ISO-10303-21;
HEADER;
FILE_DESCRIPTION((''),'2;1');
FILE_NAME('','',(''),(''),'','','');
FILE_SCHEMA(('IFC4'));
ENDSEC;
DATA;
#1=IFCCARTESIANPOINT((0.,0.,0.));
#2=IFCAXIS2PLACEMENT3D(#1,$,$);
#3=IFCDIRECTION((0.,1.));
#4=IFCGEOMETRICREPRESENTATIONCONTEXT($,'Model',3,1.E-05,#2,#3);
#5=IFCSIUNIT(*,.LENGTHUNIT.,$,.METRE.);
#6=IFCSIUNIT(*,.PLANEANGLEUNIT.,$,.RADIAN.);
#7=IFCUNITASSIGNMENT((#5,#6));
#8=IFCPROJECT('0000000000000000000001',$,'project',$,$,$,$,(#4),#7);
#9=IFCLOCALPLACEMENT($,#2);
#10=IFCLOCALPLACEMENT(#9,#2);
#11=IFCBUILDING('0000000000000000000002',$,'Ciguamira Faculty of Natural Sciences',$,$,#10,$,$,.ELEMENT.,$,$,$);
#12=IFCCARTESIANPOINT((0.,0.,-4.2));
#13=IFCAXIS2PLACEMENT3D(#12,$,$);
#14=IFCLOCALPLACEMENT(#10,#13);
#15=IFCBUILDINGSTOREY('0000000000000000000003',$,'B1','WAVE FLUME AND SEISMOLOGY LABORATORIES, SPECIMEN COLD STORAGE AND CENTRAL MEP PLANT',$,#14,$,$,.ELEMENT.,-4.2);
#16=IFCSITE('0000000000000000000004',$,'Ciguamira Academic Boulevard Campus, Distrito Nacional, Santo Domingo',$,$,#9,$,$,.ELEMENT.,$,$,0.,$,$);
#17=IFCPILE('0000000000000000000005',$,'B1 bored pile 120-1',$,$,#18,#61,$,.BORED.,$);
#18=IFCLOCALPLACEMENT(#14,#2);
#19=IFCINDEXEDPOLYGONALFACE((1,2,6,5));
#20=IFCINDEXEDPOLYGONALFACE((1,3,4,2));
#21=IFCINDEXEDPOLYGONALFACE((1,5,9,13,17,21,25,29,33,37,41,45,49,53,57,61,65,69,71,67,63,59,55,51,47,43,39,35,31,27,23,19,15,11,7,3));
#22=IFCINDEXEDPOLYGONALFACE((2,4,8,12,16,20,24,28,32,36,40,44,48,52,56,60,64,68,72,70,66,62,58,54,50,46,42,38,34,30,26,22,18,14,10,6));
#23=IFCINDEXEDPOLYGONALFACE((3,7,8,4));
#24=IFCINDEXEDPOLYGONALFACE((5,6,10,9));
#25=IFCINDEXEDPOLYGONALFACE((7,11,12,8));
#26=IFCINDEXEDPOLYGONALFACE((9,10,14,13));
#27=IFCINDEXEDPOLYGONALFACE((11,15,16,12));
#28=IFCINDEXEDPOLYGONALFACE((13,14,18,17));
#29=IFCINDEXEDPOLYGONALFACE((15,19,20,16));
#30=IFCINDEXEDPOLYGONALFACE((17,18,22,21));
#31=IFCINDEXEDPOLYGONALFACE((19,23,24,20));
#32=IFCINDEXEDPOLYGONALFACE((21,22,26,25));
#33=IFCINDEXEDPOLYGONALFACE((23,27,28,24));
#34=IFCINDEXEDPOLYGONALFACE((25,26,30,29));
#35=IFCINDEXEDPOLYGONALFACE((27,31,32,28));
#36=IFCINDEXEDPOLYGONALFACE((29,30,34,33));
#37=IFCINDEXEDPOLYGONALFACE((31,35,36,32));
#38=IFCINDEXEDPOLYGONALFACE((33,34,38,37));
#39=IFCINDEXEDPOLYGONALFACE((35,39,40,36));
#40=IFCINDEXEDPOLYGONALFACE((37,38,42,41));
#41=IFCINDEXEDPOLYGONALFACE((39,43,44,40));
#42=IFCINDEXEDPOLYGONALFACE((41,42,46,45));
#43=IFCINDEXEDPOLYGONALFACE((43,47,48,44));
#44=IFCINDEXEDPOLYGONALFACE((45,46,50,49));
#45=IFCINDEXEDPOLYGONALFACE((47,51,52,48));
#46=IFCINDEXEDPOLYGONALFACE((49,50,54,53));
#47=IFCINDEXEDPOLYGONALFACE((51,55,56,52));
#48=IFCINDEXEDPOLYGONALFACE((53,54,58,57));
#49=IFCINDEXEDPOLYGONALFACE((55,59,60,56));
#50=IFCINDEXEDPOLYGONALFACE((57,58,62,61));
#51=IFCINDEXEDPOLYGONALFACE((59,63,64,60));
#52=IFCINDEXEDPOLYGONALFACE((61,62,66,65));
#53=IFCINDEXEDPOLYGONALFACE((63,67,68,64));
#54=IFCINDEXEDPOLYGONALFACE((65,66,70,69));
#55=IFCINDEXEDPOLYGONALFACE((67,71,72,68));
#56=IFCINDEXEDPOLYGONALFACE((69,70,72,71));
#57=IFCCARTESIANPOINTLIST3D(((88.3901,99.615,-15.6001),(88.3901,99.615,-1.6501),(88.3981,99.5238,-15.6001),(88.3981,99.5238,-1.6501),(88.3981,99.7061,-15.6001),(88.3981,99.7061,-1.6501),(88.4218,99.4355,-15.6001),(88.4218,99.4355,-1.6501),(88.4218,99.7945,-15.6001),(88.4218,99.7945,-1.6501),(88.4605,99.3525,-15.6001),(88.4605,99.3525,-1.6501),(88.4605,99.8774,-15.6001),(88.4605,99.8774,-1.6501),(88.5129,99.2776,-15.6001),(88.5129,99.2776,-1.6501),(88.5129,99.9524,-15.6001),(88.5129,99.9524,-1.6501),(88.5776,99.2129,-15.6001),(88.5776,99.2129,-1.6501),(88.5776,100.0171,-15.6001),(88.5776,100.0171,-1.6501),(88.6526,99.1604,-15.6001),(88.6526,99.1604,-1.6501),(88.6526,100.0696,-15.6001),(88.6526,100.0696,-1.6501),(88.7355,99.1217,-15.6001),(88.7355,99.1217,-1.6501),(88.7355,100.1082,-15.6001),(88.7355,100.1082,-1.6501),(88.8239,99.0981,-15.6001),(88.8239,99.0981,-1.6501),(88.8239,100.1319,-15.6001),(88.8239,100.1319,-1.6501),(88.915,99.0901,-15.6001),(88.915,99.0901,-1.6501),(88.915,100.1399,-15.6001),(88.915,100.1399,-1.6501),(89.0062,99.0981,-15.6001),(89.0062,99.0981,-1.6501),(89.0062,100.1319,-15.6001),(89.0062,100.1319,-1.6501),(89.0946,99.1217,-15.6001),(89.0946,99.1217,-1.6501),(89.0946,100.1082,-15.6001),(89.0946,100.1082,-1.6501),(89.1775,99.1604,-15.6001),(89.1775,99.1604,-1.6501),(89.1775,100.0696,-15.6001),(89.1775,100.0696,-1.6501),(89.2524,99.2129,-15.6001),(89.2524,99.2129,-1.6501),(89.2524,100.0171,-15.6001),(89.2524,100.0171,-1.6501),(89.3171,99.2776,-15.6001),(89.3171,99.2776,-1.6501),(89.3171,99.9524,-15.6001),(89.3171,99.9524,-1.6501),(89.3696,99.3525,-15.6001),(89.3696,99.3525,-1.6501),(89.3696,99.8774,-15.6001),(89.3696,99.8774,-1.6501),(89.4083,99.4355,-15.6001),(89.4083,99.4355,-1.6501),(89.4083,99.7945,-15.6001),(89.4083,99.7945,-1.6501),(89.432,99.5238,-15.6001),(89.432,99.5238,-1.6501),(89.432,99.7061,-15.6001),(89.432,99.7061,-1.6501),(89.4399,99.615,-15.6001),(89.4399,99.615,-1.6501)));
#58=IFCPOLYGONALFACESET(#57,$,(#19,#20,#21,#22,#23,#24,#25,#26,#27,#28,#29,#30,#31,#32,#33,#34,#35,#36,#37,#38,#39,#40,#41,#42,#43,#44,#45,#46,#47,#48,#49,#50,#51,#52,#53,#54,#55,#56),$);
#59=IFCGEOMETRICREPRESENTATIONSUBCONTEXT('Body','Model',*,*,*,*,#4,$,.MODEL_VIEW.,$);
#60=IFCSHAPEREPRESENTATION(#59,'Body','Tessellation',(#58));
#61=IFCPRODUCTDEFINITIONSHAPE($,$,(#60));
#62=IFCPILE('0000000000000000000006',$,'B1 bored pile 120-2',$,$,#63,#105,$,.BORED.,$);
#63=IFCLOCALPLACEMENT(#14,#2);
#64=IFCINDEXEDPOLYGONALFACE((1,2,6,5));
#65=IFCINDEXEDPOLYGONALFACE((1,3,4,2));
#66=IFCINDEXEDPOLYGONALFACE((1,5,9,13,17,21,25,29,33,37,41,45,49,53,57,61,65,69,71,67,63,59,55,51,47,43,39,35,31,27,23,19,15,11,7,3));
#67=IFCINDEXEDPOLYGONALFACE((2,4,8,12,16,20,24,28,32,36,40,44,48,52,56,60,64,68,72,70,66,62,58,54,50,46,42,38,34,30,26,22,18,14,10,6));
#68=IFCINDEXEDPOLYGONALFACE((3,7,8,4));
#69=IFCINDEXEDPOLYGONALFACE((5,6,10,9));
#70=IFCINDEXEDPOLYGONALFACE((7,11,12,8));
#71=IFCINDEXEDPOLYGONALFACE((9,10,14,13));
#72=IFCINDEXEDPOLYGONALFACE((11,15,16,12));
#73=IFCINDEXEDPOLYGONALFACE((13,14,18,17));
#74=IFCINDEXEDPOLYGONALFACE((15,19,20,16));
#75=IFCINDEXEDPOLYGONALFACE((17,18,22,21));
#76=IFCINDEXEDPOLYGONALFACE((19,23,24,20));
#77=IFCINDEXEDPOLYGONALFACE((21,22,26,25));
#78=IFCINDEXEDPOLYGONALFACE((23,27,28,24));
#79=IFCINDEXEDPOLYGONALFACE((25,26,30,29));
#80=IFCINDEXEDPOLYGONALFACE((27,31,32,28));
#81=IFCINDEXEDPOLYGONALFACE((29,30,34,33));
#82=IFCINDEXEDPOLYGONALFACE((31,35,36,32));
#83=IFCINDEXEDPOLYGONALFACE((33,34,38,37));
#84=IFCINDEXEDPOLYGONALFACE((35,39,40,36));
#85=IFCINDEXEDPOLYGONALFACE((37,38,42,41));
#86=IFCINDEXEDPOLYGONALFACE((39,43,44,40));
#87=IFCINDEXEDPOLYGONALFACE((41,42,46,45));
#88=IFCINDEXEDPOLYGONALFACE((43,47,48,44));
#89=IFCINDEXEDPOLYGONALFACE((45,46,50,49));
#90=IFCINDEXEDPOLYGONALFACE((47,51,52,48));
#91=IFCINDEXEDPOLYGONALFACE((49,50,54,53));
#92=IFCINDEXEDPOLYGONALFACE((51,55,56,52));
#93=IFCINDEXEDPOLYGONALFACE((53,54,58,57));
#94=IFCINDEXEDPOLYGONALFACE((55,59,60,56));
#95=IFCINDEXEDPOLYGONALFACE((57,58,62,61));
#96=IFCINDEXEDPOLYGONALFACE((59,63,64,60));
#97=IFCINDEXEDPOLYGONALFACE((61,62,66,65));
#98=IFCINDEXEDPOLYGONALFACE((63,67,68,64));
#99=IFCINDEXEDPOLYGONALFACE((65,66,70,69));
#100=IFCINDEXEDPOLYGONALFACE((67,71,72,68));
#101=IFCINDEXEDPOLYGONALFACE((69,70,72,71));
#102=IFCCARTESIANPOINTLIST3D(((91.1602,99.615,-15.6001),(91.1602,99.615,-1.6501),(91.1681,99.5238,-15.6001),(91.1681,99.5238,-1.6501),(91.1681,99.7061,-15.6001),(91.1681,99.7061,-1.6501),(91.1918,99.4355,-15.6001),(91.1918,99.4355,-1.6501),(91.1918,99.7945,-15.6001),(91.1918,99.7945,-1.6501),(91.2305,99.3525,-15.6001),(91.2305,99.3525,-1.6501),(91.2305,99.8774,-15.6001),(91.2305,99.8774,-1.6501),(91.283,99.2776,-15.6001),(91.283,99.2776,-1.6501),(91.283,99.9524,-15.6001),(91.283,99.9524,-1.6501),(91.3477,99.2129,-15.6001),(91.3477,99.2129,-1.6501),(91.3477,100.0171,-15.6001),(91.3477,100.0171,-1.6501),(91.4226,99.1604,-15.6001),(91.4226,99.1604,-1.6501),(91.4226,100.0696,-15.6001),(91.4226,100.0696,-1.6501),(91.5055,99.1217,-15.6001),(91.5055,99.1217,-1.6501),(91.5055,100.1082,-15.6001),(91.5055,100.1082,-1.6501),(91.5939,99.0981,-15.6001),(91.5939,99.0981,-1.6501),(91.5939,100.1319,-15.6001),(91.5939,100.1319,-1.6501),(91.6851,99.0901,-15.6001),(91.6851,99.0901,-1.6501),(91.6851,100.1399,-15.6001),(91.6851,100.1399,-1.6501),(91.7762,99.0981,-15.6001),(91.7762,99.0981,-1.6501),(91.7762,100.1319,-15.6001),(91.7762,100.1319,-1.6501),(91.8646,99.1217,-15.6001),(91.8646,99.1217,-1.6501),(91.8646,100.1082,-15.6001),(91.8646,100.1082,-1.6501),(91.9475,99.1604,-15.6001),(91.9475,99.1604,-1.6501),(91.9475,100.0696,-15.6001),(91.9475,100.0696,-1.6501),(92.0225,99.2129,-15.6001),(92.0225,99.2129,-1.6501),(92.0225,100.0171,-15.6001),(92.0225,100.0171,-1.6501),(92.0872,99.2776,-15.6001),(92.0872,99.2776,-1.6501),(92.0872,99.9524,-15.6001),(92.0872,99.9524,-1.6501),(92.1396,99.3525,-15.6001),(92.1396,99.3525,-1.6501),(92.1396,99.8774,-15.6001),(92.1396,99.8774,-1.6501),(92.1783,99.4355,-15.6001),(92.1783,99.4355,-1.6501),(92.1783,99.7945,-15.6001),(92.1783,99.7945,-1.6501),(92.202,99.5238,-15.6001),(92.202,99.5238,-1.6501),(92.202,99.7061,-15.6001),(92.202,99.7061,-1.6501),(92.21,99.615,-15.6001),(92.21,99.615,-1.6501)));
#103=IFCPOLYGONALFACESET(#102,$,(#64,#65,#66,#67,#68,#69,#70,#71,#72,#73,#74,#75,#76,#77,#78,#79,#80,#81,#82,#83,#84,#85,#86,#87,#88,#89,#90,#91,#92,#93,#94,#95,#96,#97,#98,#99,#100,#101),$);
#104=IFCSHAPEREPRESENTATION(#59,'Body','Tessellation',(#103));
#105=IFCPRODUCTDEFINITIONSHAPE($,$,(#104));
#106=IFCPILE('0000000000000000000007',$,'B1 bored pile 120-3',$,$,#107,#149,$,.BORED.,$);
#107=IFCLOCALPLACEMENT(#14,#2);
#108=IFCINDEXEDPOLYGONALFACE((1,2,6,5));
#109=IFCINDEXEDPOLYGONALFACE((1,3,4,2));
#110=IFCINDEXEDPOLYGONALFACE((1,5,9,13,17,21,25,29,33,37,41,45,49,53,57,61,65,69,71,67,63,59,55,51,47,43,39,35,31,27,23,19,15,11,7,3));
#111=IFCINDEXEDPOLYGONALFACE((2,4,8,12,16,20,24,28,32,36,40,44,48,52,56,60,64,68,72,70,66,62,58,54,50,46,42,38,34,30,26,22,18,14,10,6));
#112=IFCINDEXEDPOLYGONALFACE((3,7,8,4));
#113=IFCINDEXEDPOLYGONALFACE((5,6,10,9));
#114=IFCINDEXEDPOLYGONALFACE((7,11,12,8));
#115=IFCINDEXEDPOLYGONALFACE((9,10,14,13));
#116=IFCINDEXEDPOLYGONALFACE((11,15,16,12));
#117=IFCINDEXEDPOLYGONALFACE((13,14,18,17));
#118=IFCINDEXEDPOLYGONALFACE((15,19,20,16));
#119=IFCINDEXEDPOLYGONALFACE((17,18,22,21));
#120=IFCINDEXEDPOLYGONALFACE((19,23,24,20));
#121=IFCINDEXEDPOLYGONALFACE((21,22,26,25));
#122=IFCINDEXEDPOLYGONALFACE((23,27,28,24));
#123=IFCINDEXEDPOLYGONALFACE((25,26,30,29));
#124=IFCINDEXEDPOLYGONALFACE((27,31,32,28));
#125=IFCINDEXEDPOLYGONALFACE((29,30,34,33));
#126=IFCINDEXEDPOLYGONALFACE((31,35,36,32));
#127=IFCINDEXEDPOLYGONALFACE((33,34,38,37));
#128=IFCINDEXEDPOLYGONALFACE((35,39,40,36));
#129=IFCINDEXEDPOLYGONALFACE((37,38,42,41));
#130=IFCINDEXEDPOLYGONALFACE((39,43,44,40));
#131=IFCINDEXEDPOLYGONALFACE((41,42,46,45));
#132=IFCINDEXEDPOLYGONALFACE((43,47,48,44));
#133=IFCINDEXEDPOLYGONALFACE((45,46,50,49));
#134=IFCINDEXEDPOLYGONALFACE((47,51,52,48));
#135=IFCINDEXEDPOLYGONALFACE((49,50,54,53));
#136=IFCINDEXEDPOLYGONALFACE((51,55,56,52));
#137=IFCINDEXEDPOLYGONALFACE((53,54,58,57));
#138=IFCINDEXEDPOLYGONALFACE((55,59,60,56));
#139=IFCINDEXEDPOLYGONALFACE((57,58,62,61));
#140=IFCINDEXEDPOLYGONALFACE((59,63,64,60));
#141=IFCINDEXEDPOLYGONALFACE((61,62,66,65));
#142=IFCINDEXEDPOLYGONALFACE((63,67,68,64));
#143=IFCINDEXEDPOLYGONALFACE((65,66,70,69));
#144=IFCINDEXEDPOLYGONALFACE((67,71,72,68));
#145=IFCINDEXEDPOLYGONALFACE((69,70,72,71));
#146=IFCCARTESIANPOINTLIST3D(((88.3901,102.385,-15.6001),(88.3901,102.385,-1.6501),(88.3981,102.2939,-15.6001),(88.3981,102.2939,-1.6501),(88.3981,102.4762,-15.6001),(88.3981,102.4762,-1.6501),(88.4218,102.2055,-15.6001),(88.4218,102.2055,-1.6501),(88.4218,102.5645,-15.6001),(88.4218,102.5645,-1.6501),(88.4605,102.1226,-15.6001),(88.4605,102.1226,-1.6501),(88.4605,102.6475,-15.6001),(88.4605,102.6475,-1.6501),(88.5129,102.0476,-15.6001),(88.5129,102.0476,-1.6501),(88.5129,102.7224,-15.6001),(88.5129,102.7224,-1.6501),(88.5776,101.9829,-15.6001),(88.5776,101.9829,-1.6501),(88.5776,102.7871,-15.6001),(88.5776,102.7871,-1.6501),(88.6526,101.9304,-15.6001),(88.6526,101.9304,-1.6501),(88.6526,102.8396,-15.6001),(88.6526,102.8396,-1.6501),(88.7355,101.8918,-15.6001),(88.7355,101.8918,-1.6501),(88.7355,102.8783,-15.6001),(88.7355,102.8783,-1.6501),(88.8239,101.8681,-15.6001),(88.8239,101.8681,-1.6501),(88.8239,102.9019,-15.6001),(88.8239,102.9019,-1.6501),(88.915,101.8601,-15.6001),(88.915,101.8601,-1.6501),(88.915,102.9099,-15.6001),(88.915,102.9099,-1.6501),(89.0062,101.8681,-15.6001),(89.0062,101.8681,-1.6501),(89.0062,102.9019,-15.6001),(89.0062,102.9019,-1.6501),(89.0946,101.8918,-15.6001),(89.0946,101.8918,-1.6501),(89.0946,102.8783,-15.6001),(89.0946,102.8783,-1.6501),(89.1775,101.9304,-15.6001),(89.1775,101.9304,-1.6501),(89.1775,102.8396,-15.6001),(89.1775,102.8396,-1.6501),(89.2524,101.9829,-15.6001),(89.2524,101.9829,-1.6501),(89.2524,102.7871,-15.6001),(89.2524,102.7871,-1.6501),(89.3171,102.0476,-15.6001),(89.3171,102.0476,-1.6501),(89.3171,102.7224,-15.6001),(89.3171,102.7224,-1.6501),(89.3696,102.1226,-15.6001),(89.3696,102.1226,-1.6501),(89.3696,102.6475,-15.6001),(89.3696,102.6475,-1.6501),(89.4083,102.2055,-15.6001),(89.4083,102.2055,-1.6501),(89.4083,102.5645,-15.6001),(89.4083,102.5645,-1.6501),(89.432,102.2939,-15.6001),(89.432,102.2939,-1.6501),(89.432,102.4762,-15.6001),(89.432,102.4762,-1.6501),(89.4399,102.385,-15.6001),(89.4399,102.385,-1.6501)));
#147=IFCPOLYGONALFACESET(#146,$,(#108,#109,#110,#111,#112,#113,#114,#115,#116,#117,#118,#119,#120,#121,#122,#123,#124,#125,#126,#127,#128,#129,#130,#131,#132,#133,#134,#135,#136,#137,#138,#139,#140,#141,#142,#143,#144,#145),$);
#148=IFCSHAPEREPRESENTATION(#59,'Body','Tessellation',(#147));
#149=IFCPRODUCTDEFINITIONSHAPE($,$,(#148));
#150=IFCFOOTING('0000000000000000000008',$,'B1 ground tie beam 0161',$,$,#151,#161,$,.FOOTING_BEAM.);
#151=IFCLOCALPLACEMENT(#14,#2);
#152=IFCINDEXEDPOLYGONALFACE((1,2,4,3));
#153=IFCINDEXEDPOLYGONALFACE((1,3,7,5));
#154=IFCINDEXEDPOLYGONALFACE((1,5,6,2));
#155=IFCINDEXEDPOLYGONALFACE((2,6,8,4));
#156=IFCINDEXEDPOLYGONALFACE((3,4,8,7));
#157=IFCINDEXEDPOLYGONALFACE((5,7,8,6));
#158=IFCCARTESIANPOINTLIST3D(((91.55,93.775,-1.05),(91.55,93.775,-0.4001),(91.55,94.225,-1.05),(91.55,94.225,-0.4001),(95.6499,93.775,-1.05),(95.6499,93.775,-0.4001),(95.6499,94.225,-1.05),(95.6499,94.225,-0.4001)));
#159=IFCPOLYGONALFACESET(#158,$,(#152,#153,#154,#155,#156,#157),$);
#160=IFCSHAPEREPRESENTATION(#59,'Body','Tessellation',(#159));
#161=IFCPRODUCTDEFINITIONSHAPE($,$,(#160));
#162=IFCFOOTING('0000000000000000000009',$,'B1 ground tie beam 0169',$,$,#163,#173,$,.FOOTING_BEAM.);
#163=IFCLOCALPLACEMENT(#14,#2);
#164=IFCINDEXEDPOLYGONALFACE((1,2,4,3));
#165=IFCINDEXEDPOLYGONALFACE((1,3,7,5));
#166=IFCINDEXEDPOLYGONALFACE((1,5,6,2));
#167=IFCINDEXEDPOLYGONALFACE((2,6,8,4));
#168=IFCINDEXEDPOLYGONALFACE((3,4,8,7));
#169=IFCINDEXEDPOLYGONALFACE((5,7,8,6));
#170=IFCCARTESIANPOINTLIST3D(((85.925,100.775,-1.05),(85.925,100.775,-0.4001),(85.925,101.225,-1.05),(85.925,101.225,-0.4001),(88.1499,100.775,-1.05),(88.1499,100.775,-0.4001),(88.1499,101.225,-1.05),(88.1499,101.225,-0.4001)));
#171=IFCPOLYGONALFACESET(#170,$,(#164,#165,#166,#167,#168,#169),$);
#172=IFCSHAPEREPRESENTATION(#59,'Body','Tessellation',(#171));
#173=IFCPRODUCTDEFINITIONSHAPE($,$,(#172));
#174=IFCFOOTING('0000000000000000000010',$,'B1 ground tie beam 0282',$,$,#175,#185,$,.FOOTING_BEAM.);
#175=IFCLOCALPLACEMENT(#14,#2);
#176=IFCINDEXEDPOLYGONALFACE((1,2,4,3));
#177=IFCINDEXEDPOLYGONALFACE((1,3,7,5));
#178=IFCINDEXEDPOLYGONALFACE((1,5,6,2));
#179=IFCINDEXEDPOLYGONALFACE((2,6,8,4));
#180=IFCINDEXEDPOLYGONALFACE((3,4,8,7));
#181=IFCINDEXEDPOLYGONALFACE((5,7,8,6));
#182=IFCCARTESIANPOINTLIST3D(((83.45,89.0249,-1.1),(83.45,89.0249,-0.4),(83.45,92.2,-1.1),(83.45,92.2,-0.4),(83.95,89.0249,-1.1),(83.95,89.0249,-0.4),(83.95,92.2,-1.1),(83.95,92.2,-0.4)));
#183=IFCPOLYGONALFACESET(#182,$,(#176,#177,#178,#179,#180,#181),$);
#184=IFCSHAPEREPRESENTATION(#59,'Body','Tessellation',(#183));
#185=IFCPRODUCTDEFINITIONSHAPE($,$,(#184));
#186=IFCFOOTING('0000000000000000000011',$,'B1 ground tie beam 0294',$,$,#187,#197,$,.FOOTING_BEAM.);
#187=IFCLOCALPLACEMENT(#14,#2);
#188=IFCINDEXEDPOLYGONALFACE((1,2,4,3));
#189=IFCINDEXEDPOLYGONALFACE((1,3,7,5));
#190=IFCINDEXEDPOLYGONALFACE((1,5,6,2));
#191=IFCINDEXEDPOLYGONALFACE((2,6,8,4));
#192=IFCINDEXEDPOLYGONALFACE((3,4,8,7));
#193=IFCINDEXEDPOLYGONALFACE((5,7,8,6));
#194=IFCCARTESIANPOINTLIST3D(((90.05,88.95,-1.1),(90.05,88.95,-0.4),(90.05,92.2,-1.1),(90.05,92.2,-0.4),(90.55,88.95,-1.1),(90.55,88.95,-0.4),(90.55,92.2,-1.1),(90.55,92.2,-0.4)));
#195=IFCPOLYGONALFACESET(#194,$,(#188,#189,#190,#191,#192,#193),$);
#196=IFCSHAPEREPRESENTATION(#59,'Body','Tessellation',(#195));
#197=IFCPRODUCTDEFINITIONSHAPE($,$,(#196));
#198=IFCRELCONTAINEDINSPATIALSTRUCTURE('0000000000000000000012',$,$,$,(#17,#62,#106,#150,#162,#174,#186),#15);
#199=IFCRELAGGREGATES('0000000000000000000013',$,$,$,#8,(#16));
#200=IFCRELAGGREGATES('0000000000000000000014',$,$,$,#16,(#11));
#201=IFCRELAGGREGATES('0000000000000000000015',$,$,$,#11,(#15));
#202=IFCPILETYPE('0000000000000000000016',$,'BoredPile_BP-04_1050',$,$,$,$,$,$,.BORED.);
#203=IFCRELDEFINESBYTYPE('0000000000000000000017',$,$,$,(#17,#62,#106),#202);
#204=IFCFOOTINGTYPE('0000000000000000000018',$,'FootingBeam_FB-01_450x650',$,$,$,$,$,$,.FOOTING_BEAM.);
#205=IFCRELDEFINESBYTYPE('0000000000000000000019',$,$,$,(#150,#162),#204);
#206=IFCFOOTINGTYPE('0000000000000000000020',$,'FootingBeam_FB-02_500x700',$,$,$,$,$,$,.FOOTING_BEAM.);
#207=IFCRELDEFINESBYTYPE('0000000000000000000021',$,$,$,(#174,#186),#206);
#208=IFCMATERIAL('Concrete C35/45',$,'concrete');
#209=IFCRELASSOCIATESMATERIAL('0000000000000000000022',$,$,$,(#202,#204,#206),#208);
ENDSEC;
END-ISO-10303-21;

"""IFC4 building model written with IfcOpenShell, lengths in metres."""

from ifc_helpers import new_model, si_unit, direction, frame, origin, origin_2d, place, context, subcontext, project, spatial, rectangle, circle, extrude, material, material_profile, profile_set, type_object, element, save


model = new_model("IFC4")

# Units and contexts
model_context = context("Model", 3, precision=1e-05, world=origin(), true_north=direction((0.0, 1.0)))
body_context = subcontext(model_context, "Body", "Model", "MODEL_VIEW")
ifc_project = project(units=[si_unit("LENGTHUNIT", "METRE"), si_unit("PLANEANGLEUNIT", "RADIAN")], contexts=[model_context])

# Site, building, storey
site_placement = place(None, origin())
site = spatial("IfcSite", under=ifc_project, at=site_placement, Name="Ciguamira Academic Boulevard Campus, Distrito Nacional, Santo Domingo", CompositionType="ELEMENT", RefElevation=0.0)
building_placement = place(site_placement, origin())
building = spatial("IfcBuilding", under=site, at=building_placement, Name="Ciguamira Faculty of Natural Sciences", CompositionType="ELEMENT")
storey_placement = place(building_placement, frame((0.0, 0.0, -4.2)))
storey = spatial("IfcBuildingStorey", under=building, at=storey_placement, Name="B1", Description="WAVE FLUME AND SEISMOLOGY LABORATORIES, SPECIMEN COLD STORAGE AND CENTRAL MEP PLANT", CompositionType="ELEMENT", Elevation=-4.2)

# Piles
ifc_material_1 = material(Name="Concrete C35/45", Category="concrete")
ifc_material_profile_1 = material_profile(ifc_material_1, circle(Radius=0.5249, at=origin_2d()), Name="PILE-BORED-1050")
ifc_profile_set_1 = profile_set([ifc_material_profile_1], Name="Concrete C35/45")
pile_type_1 = type_object("IfcPileType", Name="BoredPile_BP-04_1050", PredefinedType="BORED", material=ifc_profile_set_1)
for number, where, z_axis, x_axis, name in (
    (1, (88.915, 99.615, -1.6501), (0.0, 0.0, -1.0), (1.0, 0.0, 0.0), "B1 bored pile 120-1"),
    (2, (91.6851, 99.615, -1.6501), (0.0, 0.0, -1.0), (1.0, 0.0, 0.0), "B1 bored pile 120-2"),
    (3, (88.915, 102.385, -1.6501), (0.0, 0.0, -1.0), (1.0, 0.0, 0.0), "B1 bored pile 120-3"),
):
    element("IfcPile", number, at=place(storey_placement, frame(where, z_axis=z_axis, x_axis=x_axis)), inside=storey, type_object=pile_type_1, Name=name, PredefinedType="BORED", context=body_context, shape_type="SweptSolid", body=[
        extrude(circle(Radius=0.5249, at=origin_2d()), origin(), (0.0, 0.0, 1.0), 13.95),
    ])

# Footings
ifc_material_profile_2 = material_profile(ifc_material_1, rectangle(XDim=0.45, YDim=0.6499, at=origin_2d()), Name="RC-FB-450X650")
ifc_profile_set_2 = profile_set([ifc_material_profile_2], Name="Concrete C35/45")
footing_type_1 = type_object("IfcFootingType", Name="FootingBeam_FB-01_450x650", PredefinedType="FOOTING_BEAM", material=ifc_profile_set_2)
footing_1_placement = place(storey_placement, frame((91.55, 94.0, -0.7251), z_axis=(1.0, 0.0, 0.0), x_axis=(0.0, 1.0, 0.0)))
element("IfcFooting", 4, at=footing_1_placement, inside=storey, type_object=footing_type_1, Name="B1 ground tie beam 0161", PredefinedType="FOOTING_BEAM", context=body_context, shape_type="SweptSolid", body=[
    extrude(rectangle(XDim=0.45, YDim=0.6499, at=origin_2d()), origin(), (0.0, 0.0, 1.0), 4.0999),
])
footing_2_placement = place(storey_placement, frame((85.925, 101.0, -0.7251), z_axis=(1.0, 0.0, 0.0), x_axis=(0.0, 1.0, 0.0)))
element("IfcFooting", 5, at=footing_2_placement, inside=storey, type_object=footing_type_1, Name="B1 ground tie beam 0169", PredefinedType="FOOTING_BEAM", context=body_context, shape_type="SweptSolid", body=[
    extrude(rectangle(XDim=0.45, YDim=0.6499, at=origin_2d()), origin(), (0.0, 0.0, 1.0), 2.2249),
])
ifc_material_profile_3 = material_profile(ifc_material_1, rectangle(XDim=0.5, YDim=0.7, at=origin_2d()), Name="RC-FB-500X700")
ifc_profile_set_3 = profile_set([ifc_material_profile_3], Name="Concrete C35/45")
footing_type_2 = type_object("IfcFootingType", Name="FootingBeam_FB-02_500x700", PredefinedType="FOOTING_BEAM", material=ifc_profile_set_3)
footing_3_placement = place(storey_placement, frame((83.7, 89.0249, -0.75), z_axis=(0.0, 1.0, 0.0), x_axis=(-1.0, 0.0, 0.0)))
element("IfcFooting", 6, at=footing_3_placement, inside=storey, type_object=footing_type_2, Name="B1 ground tie beam 0282", PredefinedType="FOOTING_BEAM", context=body_context, shape_type="SweptSolid", body=[
    extrude(rectangle(XDim=0.5, YDim=0.7, at=origin_2d()), origin(), (0.0, 0.0, 1.0), 3.175),
])
footing_4_placement = place(storey_placement, frame((90.3, 88.95, -0.75), z_axis=(0.0, 1.0, 0.0), x_axis=(-1.0, 0.0, 0.0)))
element("IfcFooting", 7, at=footing_4_placement, inside=storey, type_object=footing_type_2, Name="B1 ground tie beam 0294", PredefinedType="FOOTING_BEAM", context=body_context, shape_type="SweptSolid", body=[
    extrude(rectangle(XDim=0.5, YDim=0.7, at=origin_2d()), origin(), (0.0, 0.0, 1.0), 3.25),
])

save(model, "model.ifc")
